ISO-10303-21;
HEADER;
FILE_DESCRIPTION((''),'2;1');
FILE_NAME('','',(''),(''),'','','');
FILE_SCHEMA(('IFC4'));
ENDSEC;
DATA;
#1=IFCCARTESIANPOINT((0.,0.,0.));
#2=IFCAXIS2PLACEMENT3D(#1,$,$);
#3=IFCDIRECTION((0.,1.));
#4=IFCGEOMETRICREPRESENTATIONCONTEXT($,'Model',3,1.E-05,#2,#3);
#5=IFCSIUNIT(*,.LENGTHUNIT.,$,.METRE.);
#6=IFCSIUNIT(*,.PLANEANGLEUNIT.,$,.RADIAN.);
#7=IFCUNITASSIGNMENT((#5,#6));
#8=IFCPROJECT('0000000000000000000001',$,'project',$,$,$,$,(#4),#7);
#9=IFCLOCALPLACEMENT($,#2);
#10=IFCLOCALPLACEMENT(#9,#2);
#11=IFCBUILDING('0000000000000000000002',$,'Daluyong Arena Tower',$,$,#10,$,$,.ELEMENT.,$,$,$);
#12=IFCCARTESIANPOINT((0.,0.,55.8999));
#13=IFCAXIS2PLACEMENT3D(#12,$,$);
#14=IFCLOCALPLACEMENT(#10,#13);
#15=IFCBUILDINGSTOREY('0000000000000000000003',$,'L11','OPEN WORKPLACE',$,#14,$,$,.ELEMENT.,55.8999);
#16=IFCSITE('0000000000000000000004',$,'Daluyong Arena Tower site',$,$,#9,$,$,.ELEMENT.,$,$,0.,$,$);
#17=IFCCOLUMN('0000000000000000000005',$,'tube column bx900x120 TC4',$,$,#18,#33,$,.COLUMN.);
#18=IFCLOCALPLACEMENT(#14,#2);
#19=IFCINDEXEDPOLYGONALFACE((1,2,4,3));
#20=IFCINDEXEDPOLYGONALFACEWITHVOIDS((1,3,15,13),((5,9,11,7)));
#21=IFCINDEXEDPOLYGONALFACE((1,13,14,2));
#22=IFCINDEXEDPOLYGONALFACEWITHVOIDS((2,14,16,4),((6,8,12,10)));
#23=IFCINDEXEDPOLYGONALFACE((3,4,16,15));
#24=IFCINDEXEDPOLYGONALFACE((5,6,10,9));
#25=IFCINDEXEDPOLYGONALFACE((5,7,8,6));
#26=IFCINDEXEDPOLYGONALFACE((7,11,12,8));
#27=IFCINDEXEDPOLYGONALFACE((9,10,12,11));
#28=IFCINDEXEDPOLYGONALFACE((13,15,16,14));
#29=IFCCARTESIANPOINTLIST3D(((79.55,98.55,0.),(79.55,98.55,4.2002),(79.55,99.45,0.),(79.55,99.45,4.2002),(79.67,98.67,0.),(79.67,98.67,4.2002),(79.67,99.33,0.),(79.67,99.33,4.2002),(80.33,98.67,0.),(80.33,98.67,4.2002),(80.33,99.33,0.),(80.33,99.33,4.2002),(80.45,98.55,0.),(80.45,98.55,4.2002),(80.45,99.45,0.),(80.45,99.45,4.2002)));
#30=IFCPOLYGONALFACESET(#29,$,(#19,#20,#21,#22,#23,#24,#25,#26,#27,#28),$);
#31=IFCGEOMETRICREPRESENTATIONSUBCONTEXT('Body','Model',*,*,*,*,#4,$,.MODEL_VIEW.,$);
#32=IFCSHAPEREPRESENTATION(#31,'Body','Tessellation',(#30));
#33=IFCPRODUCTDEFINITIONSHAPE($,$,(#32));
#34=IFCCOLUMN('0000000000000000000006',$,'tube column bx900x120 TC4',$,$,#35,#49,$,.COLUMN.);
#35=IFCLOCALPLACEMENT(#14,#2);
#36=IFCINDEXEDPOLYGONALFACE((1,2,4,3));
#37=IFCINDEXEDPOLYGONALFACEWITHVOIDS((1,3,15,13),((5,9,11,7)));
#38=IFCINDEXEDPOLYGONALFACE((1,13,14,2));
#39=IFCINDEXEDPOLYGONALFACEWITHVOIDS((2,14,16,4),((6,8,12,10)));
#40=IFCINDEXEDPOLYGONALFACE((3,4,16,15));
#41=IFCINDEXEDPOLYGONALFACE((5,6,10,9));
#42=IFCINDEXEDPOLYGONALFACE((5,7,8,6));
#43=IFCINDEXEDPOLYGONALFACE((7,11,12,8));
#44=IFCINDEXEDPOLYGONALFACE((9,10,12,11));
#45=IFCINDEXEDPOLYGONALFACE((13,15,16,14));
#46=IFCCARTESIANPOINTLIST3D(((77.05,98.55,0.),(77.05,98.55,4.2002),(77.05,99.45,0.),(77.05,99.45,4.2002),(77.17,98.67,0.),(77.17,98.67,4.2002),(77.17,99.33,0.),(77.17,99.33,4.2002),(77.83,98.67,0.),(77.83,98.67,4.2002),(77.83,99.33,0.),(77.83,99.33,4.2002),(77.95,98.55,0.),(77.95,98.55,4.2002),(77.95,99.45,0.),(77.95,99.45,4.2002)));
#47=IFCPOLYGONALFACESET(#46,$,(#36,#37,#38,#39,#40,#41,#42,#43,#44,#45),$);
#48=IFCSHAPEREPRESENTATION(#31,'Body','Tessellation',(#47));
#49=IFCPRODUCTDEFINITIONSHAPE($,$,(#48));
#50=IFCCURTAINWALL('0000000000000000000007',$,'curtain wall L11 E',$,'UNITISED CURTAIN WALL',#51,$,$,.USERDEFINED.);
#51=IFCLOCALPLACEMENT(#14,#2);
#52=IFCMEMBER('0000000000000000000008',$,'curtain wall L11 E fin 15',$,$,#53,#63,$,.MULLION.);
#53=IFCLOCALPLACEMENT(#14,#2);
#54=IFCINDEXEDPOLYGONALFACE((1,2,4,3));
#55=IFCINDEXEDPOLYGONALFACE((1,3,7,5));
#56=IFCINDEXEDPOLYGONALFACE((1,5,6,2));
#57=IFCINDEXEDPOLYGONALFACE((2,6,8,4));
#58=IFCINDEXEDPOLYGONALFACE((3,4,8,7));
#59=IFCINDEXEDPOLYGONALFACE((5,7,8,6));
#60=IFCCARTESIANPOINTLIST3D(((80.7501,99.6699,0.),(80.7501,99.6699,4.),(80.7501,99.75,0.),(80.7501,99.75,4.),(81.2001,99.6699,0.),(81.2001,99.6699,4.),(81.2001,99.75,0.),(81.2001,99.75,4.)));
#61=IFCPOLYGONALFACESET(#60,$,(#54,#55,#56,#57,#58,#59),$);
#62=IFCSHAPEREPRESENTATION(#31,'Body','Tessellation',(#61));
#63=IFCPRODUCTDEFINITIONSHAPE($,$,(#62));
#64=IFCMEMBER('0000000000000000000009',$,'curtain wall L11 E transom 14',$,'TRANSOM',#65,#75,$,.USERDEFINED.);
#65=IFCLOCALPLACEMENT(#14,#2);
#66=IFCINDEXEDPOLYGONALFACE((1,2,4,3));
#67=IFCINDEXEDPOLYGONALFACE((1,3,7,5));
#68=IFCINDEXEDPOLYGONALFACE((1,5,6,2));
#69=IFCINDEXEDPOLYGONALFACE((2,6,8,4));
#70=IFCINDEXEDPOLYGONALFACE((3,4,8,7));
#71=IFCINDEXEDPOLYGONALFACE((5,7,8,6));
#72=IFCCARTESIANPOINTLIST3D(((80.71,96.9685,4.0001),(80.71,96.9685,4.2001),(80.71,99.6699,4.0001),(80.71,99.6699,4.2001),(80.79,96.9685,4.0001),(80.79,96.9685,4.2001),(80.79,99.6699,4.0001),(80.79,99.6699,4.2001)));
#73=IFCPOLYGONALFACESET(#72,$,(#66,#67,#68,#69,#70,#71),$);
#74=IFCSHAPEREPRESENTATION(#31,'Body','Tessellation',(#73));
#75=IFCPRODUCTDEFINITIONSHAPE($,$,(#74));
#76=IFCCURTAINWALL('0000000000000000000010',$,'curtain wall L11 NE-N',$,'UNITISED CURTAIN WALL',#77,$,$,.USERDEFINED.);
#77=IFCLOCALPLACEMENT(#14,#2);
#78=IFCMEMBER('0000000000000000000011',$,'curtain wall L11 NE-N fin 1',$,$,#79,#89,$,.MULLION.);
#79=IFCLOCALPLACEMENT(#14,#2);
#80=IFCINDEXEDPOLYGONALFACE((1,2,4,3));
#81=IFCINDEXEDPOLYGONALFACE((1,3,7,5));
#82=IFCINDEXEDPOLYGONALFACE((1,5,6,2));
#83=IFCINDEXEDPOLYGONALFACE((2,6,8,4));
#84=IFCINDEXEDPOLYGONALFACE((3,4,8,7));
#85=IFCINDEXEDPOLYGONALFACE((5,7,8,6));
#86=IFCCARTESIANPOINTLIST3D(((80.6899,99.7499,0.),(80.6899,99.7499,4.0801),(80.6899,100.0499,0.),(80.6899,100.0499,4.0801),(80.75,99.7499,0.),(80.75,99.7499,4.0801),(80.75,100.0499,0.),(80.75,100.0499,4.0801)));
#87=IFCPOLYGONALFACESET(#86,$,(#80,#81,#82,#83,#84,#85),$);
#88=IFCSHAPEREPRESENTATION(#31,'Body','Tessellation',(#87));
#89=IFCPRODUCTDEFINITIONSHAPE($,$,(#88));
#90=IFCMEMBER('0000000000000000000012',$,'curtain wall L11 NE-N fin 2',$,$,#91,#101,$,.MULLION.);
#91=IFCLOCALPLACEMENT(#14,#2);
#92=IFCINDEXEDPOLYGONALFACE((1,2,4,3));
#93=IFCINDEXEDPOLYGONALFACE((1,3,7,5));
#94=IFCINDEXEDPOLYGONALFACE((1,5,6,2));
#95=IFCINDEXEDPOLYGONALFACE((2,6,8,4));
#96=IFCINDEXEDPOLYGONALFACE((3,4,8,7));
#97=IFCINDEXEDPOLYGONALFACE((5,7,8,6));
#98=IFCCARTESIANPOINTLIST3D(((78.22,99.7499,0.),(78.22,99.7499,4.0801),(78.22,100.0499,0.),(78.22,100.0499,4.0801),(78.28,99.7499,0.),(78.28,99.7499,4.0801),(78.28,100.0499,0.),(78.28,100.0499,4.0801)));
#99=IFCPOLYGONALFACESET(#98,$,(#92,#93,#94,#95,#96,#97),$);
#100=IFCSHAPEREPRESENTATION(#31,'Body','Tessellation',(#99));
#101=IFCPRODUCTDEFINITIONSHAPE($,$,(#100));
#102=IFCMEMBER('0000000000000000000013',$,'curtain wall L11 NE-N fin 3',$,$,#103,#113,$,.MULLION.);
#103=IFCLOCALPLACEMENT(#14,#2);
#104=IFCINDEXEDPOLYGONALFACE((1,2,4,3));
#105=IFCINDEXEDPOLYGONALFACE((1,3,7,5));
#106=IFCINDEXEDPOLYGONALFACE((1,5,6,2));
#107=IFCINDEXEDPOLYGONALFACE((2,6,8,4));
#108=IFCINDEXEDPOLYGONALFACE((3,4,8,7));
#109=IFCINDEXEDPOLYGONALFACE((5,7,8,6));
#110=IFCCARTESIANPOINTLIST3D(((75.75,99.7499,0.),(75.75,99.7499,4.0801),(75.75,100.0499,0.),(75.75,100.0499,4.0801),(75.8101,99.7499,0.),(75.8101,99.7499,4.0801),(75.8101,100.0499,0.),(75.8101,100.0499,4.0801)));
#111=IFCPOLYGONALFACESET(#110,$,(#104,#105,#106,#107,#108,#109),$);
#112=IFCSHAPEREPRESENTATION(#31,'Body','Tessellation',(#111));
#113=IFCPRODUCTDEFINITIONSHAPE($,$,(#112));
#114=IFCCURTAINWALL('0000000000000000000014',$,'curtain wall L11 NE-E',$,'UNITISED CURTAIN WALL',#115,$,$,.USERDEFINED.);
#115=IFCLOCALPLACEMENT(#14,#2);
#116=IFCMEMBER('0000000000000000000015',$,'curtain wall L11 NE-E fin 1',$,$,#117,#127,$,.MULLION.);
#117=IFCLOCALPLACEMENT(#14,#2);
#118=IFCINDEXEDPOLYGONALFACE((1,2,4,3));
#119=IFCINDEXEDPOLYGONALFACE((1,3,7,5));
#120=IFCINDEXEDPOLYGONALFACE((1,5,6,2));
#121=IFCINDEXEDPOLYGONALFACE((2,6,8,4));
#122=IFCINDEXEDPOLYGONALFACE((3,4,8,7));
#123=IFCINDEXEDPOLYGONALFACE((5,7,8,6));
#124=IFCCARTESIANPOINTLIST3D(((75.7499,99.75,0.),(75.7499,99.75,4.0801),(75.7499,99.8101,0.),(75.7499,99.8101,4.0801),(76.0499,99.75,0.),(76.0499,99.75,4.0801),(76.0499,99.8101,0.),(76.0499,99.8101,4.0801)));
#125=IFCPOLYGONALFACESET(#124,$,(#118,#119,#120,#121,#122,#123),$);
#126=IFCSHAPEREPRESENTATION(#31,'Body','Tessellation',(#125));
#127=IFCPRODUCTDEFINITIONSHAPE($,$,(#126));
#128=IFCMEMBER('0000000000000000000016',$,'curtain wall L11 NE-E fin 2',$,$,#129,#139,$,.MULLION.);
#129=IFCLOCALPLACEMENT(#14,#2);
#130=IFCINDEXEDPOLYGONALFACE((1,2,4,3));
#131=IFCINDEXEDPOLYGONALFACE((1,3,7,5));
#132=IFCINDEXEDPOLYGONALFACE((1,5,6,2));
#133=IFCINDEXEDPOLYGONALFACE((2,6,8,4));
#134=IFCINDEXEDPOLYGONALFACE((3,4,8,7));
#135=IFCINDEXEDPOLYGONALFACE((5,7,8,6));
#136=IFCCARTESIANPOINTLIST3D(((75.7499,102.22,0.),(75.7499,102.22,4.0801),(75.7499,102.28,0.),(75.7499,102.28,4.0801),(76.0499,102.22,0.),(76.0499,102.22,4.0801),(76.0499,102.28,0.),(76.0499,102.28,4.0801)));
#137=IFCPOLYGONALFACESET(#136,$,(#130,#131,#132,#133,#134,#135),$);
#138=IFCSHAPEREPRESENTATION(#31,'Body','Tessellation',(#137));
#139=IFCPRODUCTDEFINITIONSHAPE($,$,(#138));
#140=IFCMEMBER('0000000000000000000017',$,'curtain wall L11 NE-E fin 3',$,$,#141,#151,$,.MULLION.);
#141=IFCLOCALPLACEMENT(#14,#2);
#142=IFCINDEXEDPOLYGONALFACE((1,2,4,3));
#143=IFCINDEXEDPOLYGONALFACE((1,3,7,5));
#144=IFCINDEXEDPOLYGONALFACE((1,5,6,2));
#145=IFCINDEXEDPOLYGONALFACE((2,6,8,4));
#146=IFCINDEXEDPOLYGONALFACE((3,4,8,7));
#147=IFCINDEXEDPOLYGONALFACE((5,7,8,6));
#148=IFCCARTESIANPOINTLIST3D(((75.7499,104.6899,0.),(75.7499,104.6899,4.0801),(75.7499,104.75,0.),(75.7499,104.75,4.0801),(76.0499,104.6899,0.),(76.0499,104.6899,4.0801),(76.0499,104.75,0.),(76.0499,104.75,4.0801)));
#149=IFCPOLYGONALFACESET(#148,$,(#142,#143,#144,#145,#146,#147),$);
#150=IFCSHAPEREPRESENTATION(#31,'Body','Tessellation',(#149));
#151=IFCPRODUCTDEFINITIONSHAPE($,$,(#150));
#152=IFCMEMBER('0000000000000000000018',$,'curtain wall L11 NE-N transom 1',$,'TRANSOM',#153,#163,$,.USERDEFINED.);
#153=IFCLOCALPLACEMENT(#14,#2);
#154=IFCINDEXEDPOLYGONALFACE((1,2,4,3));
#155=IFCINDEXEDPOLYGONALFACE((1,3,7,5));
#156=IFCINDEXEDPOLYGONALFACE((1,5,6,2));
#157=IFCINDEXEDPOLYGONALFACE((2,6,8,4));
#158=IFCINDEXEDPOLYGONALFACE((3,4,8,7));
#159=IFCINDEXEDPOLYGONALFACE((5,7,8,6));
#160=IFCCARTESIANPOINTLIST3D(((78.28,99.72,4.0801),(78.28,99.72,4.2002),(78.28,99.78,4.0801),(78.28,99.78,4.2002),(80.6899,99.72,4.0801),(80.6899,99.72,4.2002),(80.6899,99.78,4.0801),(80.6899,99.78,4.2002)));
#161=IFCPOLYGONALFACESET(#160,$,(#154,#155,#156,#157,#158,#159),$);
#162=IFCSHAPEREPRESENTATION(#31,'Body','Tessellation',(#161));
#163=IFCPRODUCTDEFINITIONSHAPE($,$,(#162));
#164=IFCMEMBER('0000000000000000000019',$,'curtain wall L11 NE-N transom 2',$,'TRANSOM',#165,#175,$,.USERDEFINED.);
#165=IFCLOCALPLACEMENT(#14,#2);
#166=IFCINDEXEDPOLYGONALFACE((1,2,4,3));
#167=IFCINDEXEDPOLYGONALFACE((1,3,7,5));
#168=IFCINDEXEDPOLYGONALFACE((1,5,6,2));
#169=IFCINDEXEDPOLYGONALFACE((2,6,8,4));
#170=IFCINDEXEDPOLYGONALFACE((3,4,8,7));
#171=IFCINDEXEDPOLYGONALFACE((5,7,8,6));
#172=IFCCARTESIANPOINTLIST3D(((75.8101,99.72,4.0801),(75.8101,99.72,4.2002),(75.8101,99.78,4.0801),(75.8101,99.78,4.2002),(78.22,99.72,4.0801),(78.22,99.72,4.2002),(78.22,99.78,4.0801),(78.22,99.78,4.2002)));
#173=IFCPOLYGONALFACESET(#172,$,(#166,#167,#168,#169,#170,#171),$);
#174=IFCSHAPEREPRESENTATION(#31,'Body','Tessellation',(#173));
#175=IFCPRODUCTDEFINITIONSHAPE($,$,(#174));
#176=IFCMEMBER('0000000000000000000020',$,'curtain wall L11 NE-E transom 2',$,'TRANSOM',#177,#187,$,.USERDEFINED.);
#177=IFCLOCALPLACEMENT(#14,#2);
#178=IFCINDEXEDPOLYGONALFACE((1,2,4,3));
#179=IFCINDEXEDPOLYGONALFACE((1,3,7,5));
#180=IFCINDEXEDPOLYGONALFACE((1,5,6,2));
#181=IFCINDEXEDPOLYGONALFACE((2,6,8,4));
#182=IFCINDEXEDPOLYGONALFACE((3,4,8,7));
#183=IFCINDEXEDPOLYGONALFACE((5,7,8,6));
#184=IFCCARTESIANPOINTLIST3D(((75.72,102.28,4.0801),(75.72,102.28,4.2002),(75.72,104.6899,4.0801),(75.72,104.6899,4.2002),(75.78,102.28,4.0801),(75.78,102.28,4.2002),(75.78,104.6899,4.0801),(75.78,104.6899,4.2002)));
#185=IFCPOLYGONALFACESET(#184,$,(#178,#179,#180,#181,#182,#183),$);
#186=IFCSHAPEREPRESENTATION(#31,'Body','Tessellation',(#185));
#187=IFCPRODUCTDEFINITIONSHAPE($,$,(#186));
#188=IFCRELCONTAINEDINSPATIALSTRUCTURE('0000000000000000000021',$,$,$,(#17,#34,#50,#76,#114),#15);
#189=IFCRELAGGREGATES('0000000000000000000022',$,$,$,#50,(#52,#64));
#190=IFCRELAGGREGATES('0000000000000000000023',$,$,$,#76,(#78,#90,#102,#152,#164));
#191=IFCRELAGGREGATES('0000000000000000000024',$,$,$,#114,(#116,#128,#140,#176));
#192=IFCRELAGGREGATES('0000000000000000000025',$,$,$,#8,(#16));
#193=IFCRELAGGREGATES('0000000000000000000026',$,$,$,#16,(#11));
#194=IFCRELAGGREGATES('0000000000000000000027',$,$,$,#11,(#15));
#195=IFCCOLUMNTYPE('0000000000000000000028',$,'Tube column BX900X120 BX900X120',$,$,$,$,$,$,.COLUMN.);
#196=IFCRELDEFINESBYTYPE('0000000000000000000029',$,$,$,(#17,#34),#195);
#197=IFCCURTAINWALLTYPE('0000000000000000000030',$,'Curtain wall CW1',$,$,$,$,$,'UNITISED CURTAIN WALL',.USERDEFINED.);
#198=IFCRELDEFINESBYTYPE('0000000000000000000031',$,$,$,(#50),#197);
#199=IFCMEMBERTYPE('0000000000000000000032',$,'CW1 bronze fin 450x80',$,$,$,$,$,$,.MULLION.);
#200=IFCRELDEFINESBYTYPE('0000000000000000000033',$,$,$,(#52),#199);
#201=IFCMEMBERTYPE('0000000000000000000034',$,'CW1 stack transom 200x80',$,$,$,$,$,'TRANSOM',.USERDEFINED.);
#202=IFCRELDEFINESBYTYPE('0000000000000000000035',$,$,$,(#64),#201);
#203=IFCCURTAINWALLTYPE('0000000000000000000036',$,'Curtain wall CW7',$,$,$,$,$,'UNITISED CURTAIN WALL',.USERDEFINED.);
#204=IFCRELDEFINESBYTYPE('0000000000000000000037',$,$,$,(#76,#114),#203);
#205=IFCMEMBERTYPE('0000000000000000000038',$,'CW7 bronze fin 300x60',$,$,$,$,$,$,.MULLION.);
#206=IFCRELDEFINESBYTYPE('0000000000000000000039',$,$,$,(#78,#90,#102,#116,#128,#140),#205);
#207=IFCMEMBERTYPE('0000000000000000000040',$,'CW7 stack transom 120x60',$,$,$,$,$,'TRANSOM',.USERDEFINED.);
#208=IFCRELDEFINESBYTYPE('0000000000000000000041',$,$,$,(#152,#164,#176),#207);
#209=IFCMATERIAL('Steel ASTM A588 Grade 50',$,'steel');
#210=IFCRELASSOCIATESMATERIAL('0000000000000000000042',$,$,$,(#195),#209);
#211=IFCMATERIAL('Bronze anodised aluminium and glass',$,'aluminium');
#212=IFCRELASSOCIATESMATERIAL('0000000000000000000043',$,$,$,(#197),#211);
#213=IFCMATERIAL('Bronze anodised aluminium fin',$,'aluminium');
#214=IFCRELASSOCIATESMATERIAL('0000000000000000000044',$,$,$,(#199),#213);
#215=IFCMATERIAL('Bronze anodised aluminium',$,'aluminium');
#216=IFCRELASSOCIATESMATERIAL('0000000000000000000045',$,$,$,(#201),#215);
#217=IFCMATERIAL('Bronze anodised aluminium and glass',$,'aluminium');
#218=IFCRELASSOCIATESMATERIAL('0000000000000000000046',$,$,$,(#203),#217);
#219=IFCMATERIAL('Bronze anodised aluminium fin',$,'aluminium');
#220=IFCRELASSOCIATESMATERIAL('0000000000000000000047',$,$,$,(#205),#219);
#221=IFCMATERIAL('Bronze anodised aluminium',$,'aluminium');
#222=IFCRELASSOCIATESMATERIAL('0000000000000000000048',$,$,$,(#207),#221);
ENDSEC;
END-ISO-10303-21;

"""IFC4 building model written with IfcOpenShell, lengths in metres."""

from ifc_helpers import new_model, si_unit, direction, frame, origin, origin_2d, place, context, subcontext, project, spatial, rectangle, hollow_rectangle, extrude, material, material_profile, profile_set, type_object, element, aggregate, save


model = new_model("IFC4")

# Units and contexts
model_context = context("Model", 3, precision=1e-05, world=origin(), true_north=direction((0.0, 1.0)))
body_context = subcontext(model_context, "Body", "Model", "MODEL_VIEW")
ifc_project = project(units=[si_unit("LENGTHUNIT", "METRE"), si_unit("PLANEANGLEUNIT", "RADIAN")], contexts=[model_context])

# Site, building, storey
site_placement = place(None, origin())
site = spatial("IfcSite", under=ifc_project, at=site_placement, Name="Daluyong Arena Tower site", CompositionType="ELEMENT", RefElevation=0.0)
building_placement = place(site_placement, origin())
building = spatial("IfcBuilding", under=site, at=building_placement, Name="Daluyong Arena Tower", CompositionType="ELEMENT")
storey_placement = place(building_placement, frame((0.0, 0.0, 55.8999)))
storey = spatial("IfcBuildingStorey", under=building, at=storey_placement, Name="L11", Description="OPEN WORKPLACE", CompositionType="ELEMENT", Elevation=55.8999)

# Columns
ifc_material_1 = material(Name="Steel ASTM A588 Grade 50", Category="steel")
ifc_material_profile_1 = material_profile(ifc_material_1, hollow_rectangle(XDim=0.8999, YDim=0.8999, WallThickness=0.12, at=origin_2d()))
ifc_profile_set_1 = profile_set([ifc_material_profile_1], Name="Steel ASTM A588 Grade 50")
column_type = type_object("IfcColumnType", Name="Tube column BX900X120 BX900X120", PredefinedType="COLUMN", material=ifc_profile_set_1)
for number, where, z_axis, x_axis, name in (
    (1, (80.0, 99.0, 0.0), (0.0, 0.0, 1.0), (1.0, 0.0, 0.0), "tube column bx900x120 TC4"),
    (2, (77.5, 99.0, 0.0), (0.0, 0.0, 1.0), (1.0, 0.0, 0.0), "tube column bx900x120 TC4"),
):
    element("IfcColumn", number, at=place(storey_placement, frame(where, z_axis=z_axis, x_axis=x_axis)), inside=storey, type_object=column_type, Name=name, PredefinedType="COLUMN", context=body_context, shape_type="SweptSolid", body=[
        extrude(hollow_rectangle(XDim=0.8999, YDim=0.8999, WallThickness=0.12, at=origin_2d()), origin(), (0.0, 0.0, 1.0), 4.2002),
    ])

# Curtain walls, members
ifc_material_2 = material(Name="Bronze anodised aluminium and glass", Category="aluminium")
curtain_wall_type_1 = type_object("IfcCurtainWallType", Name="Curtain wall CW1", ElementType="UNITISED CURTAIN WALL", PredefinedType="USERDEFINED", material=ifc_material_2)
curtain_wall_1_placement = place(storey_placement, origin())
curtain_wall_1 = element("IfcCurtainWall", 3, at=curtain_wall_1_placement, inside=storey, type_object=curtain_wall_type_1, Name="curtain wall L11 E", ObjectType="UNITISED CURTAIN WALL", PredefinedType="USERDEFINED")
ifc_material_3 = material(Name="Bronze anodised aluminium fin", Category="aluminium")
ifc_material_profile_2 = material_profile(ifc_material_3, rectangle(XDim=0.45, YDim=0.0801, at=origin_2d()))
ifc_profile_set_2 = profile_set([ifc_material_profile_2], Name="Bronze anodised aluminium fin")
member_type_1 = type_object("IfcMemberType", Name="CW1 bronze fin 450x80", PredefinedType="MULLION", material=ifc_profile_set_2)
member_1_placement = place(storey_placement, frame((80.9751, 99.71, 0.0), z_axis=(0.0, 0.0, 1.0), x_axis=(-1.0, 0.0, 0.0)))
member_1 = element("IfcMember", 4, at=member_1_placement, type_object=member_type_1, Name="curtain wall L11 E fin 15", PredefinedType="MULLION", context=body_context, shape_type="SweptSolid", body=[
    extrude(rectangle(XDim=0.45, YDim=0.0801, at=origin_2d()), origin(), (0.0, 0.0, 1.0), 4.0),
])
ifc_material_4 = material(Name="Bronze anodised aluminium", Category="aluminium")
ifc_material_profile_3 = material_profile(ifc_material_4, rectangle(XDim=0.0801, YDim=0.2, at=origin_2d()))
ifc_profile_set_3 = profile_set([ifc_material_profile_3], Name="Bronze anodised aluminium")
member_type_2 = type_object("IfcMemberType", Name="CW1 stack transom 200x80", ElementType="TRANSOM", PredefinedType="USERDEFINED", material=ifc_profile_set_3)
member_2_placement = place(storey_placement, frame((80.75, 96.9685, 4.1001), z_axis=(0.0, 1.0, 0.0), x_axis=(-1.0, 0.0, 0.0)))
member_2 = element("IfcMember", 5, at=member_2_placement, type_object=member_type_2, Name="curtain wall L11 E transom 14", ObjectType="TRANSOM", PredefinedType="USERDEFINED", context=body_context, shape_type="SweptSolid", body=[
    extrude(rectangle(XDim=0.0801, YDim=0.2, at=origin_2d()), origin(), (0.0, 0.0, 1.0), 2.7014),
])
ifc_material_5 = material(Name="Bronze anodised aluminium and glass", Category="aluminium")
curtain_wall_type_2 = type_object("IfcCurtainWallType", Name="Curtain wall CW7", ElementType="UNITISED CURTAIN WALL", PredefinedType="USERDEFINED", material=ifc_material_5)
curtain_wall_2_placement = place(storey_placement, origin())
curtain_wall_2 = element("IfcCurtainWall", 6, at=curtain_wall_2_placement, inside=storey, type_object=curtain_wall_type_2, Name="curtain wall L11 NE-N", ObjectType="UNITISED CURTAIN WALL", PredefinedType="USERDEFINED")
ifc_material_6 = material(Name="Bronze anodised aluminium fin", Category="aluminium")
ifc_material_profile_4 = material_profile(ifc_material_6, rectangle(XDim=0.3, YDim=0.0601, at=origin_2d()))
ifc_profile_set_4 = profile_set([ifc_material_profile_4], Name="Bronze anodised aluminium fin")
member_type_3 = type_object("IfcMemberType", Name="CW7 bronze fin 300x60", PredefinedType="MULLION", material=ifc_profile_set_4)
member_3_placement = place(storey_placement, frame((80.72, 99.8999, 0.0), z_axis=(0.0, 0.0, 1.0), x_axis=(0.0, -1.0, 0.0)))
member_3 = element("IfcMember", 7, at=member_3_placement, type_object=member_type_3, Name="curtain wall L11 NE-N fin 1", PredefinedType="MULLION", context=body_context, shape_type="SweptSolid", body=[
    extrude(rectangle(XDim=0.3, YDim=0.0601, at=origin_2d()), origin(), (0.0, 0.0, 1.0), 4.0801),
])
member_4_placement = place(storey_placement, frame((78.25, 99.8999, 0.0), z_axis=(0.0, 0.0, 1.0), x_axis=(0.0, -1.0, 0.0)))
member_4 = element("IfcMember", 8, at=member_4_placement, type_object=member_type_3, Name="curtain wall L11 NE-N fin 2", PredefinedType="MULLION", context=body_context, shape_type="SweptSolid", body=[
    extrude(rectangle(XDim=0.3, YDim=0.0601, at=origin_2d()), origin(), (0.0, 0.0, 1.0), 4.0801),
])
member_5_placement = place(storey_placement, frame((75.78, 99.8999, 0.0), z_axis=(0.0, 0.0, 1.0), x_axis=(0.0, -1.0, 0.0)))
member_5 = element("IfcMember", 9, at=member_5_placement, type_object=member_type_3, Name="curtain wall L11 NE-N fin 3", PredefinedType="MULLION", context=body_context, shape_type="SweptSolid", body=[
    extrude(rectangle(XDim=0.3, YDim=0.0601, at=origin_2d()), origin(), (0.0, 0.0, 1.0), 4.0801),
])
curtain_wall_3_placement = place(storey_placement, origin())
curtain_wall_3 = element("IfcCurtainWall", 10, at=curtain_wall_3_placement, inside=storey, type_object=curtain_wall_type_2, Name="curtain wall L11 NE-E", ObjectType="UNITISED CURTAIN WALL", PredefinedType="USERDEFINED")
member_6_placement = place(storey_placement, frame((75.8999, 99.78, 0.0), z_axis=(0.0, 0.0, 1.0), x_axis=(-1.0, 0.0, 0.0)))
member_6 = element("IfcMember", 11, at=member_6_placement, type_object=member_type_3, Name="curtain wall L11 NE-E fin 1", PredefinedType="MULLION", context=body_context, shape_type="SweptSolid", body=[
    extrude(rectangle(XDim=0.3, YDim=0.0601, at=origin_2d()), origin(), (0.0, 0.0, 1.0), 4.0801),
])
member_7_placement = place(storey_placement, frame((75.8999, 102.25, 0.0), z_axis=(0.0, 0.0, 1.0), x_axis=(-1.0, 0.0, 0.0)))
member_7 = element("IfcMember", 12, at=member_7_placement, type_object=member_type_3, Name="curtain wall L11 NE-E fin 2", PredefinedType="MULLION", context=body_context, shape_type="SweptSolid", body=[
    extrude(rectangle(XDim=0.3, YDim=0.0601, at=origin_2d()), origin(), (0.0, 0.0, 1.0), 4.0801),
])
member_8_placement = place(storey_placement, frame((75.8999, 104.72, 0.0), z_axis=(0.0, 0.0, 1.0), x_axis=(-1.0, 0.0, 0.0)))
member_8 = element("IfcMember", 13, at=member_8_placement, type_object=member_type_3, Name="curtain wall L11 NE-E fin 3", PredefinedType="MULLION", context=body_context, shape_type="SweptSolid", body=[
    extrude(rectangle(XDim=0.3, YDim=0.0601, at=origin_2d()), origin(), (0.0, 0.0, 1.0), 4.0801),
])

# Members
ifc_material_7 = material(Name="Bronze anodised aluminium", Category="aluminium")
ifc_material_profile_5 = material_profile(ifc_material_7, rectangle(XDim=0.0601, YDim=0.1201, at=origin_2d()))
ifc_profile_set_5 = profile_set([ifc_material_profile_5], Name="Bronze anodised aluminium")
member_type_4 = type_object("IfcMemberType", Name="CW7 stack transom 120x60", ElementType="TRANSOM", PredefinedType="USERDEFINED", material=ifc_profile_set_5)
member_9_placement = place(storey_placement, frame((80.6899, 99.75, 4.1401), z_axis=(-1.0, 0.0, 0.0), x_axis=(0.0, -1.0, 0.0)))
member_9 = element("IfcMember", 14, at=member_9_placement, type_object=member_type_4, Name="curtain wall L11 NE-N transom 1", ObjectType="TRANSOM", PredefinedType="USERDEFINED", context=body_context, shape_type="SweptSolid", body=[
    extrude(rectangle(XDim=0.0601, YDim=0.1201, at=origin_2d()), origin(), (0.0, 0.0, 1.0), 2.4099),
])
member_10_placement = place(storey_placement, frame((78.22, 99.75, 4.1401), z_axis=(-1.0, 0.0, 0.0), x_axis=(0.0, -1.0, 0.0)))
member_10 = element("IfcMember", 15, at=member_10_placement, type_object=member_type_4, Name="curtain wall L11 NE-N transom 2", ObjectType="TRANSOM", PredefinedType="USERDEFINED", context=body_context, shape_type="SweptSolid", body=[
    extrude(rectangle(XDim=0.0601, YDim=0.1201, at=origin_2d()), origin(), (0.0, 0.0, 1.0), 2.4099),
])
member_11_placement = place(storey_placement, frame((75.75, 102.28, 4.1401), z_axis=(0.0, 1.0, 0.0), x_axis=(-1.0, 0.0, 0.0)))
member_11 = element("IfcMember", 16, at=member_11_placement, type_object=member_type_4, Name="curtain wall L11 NE-E transom 2", ObjectType="TRANSOM", PredefinedType="USERDEFINED", context=body_context, shape_type="SweptSolid", body=[
    extrude(rectangle(XDim=0.0601, YDim=0.1201, at=origin_2d()), origin(), (0.0, 0.0, 1.0), 2.4099),
])

aggregate(curtain_wall_1, [member_1, member_2])
aggregate(curtain_wall_2, [member_3, member_4, member_5, member_9, member_10])
aggregate(curtain_wall_3, [member_6, member_7, member_8, member_11])

save(model, "model.ifc")
